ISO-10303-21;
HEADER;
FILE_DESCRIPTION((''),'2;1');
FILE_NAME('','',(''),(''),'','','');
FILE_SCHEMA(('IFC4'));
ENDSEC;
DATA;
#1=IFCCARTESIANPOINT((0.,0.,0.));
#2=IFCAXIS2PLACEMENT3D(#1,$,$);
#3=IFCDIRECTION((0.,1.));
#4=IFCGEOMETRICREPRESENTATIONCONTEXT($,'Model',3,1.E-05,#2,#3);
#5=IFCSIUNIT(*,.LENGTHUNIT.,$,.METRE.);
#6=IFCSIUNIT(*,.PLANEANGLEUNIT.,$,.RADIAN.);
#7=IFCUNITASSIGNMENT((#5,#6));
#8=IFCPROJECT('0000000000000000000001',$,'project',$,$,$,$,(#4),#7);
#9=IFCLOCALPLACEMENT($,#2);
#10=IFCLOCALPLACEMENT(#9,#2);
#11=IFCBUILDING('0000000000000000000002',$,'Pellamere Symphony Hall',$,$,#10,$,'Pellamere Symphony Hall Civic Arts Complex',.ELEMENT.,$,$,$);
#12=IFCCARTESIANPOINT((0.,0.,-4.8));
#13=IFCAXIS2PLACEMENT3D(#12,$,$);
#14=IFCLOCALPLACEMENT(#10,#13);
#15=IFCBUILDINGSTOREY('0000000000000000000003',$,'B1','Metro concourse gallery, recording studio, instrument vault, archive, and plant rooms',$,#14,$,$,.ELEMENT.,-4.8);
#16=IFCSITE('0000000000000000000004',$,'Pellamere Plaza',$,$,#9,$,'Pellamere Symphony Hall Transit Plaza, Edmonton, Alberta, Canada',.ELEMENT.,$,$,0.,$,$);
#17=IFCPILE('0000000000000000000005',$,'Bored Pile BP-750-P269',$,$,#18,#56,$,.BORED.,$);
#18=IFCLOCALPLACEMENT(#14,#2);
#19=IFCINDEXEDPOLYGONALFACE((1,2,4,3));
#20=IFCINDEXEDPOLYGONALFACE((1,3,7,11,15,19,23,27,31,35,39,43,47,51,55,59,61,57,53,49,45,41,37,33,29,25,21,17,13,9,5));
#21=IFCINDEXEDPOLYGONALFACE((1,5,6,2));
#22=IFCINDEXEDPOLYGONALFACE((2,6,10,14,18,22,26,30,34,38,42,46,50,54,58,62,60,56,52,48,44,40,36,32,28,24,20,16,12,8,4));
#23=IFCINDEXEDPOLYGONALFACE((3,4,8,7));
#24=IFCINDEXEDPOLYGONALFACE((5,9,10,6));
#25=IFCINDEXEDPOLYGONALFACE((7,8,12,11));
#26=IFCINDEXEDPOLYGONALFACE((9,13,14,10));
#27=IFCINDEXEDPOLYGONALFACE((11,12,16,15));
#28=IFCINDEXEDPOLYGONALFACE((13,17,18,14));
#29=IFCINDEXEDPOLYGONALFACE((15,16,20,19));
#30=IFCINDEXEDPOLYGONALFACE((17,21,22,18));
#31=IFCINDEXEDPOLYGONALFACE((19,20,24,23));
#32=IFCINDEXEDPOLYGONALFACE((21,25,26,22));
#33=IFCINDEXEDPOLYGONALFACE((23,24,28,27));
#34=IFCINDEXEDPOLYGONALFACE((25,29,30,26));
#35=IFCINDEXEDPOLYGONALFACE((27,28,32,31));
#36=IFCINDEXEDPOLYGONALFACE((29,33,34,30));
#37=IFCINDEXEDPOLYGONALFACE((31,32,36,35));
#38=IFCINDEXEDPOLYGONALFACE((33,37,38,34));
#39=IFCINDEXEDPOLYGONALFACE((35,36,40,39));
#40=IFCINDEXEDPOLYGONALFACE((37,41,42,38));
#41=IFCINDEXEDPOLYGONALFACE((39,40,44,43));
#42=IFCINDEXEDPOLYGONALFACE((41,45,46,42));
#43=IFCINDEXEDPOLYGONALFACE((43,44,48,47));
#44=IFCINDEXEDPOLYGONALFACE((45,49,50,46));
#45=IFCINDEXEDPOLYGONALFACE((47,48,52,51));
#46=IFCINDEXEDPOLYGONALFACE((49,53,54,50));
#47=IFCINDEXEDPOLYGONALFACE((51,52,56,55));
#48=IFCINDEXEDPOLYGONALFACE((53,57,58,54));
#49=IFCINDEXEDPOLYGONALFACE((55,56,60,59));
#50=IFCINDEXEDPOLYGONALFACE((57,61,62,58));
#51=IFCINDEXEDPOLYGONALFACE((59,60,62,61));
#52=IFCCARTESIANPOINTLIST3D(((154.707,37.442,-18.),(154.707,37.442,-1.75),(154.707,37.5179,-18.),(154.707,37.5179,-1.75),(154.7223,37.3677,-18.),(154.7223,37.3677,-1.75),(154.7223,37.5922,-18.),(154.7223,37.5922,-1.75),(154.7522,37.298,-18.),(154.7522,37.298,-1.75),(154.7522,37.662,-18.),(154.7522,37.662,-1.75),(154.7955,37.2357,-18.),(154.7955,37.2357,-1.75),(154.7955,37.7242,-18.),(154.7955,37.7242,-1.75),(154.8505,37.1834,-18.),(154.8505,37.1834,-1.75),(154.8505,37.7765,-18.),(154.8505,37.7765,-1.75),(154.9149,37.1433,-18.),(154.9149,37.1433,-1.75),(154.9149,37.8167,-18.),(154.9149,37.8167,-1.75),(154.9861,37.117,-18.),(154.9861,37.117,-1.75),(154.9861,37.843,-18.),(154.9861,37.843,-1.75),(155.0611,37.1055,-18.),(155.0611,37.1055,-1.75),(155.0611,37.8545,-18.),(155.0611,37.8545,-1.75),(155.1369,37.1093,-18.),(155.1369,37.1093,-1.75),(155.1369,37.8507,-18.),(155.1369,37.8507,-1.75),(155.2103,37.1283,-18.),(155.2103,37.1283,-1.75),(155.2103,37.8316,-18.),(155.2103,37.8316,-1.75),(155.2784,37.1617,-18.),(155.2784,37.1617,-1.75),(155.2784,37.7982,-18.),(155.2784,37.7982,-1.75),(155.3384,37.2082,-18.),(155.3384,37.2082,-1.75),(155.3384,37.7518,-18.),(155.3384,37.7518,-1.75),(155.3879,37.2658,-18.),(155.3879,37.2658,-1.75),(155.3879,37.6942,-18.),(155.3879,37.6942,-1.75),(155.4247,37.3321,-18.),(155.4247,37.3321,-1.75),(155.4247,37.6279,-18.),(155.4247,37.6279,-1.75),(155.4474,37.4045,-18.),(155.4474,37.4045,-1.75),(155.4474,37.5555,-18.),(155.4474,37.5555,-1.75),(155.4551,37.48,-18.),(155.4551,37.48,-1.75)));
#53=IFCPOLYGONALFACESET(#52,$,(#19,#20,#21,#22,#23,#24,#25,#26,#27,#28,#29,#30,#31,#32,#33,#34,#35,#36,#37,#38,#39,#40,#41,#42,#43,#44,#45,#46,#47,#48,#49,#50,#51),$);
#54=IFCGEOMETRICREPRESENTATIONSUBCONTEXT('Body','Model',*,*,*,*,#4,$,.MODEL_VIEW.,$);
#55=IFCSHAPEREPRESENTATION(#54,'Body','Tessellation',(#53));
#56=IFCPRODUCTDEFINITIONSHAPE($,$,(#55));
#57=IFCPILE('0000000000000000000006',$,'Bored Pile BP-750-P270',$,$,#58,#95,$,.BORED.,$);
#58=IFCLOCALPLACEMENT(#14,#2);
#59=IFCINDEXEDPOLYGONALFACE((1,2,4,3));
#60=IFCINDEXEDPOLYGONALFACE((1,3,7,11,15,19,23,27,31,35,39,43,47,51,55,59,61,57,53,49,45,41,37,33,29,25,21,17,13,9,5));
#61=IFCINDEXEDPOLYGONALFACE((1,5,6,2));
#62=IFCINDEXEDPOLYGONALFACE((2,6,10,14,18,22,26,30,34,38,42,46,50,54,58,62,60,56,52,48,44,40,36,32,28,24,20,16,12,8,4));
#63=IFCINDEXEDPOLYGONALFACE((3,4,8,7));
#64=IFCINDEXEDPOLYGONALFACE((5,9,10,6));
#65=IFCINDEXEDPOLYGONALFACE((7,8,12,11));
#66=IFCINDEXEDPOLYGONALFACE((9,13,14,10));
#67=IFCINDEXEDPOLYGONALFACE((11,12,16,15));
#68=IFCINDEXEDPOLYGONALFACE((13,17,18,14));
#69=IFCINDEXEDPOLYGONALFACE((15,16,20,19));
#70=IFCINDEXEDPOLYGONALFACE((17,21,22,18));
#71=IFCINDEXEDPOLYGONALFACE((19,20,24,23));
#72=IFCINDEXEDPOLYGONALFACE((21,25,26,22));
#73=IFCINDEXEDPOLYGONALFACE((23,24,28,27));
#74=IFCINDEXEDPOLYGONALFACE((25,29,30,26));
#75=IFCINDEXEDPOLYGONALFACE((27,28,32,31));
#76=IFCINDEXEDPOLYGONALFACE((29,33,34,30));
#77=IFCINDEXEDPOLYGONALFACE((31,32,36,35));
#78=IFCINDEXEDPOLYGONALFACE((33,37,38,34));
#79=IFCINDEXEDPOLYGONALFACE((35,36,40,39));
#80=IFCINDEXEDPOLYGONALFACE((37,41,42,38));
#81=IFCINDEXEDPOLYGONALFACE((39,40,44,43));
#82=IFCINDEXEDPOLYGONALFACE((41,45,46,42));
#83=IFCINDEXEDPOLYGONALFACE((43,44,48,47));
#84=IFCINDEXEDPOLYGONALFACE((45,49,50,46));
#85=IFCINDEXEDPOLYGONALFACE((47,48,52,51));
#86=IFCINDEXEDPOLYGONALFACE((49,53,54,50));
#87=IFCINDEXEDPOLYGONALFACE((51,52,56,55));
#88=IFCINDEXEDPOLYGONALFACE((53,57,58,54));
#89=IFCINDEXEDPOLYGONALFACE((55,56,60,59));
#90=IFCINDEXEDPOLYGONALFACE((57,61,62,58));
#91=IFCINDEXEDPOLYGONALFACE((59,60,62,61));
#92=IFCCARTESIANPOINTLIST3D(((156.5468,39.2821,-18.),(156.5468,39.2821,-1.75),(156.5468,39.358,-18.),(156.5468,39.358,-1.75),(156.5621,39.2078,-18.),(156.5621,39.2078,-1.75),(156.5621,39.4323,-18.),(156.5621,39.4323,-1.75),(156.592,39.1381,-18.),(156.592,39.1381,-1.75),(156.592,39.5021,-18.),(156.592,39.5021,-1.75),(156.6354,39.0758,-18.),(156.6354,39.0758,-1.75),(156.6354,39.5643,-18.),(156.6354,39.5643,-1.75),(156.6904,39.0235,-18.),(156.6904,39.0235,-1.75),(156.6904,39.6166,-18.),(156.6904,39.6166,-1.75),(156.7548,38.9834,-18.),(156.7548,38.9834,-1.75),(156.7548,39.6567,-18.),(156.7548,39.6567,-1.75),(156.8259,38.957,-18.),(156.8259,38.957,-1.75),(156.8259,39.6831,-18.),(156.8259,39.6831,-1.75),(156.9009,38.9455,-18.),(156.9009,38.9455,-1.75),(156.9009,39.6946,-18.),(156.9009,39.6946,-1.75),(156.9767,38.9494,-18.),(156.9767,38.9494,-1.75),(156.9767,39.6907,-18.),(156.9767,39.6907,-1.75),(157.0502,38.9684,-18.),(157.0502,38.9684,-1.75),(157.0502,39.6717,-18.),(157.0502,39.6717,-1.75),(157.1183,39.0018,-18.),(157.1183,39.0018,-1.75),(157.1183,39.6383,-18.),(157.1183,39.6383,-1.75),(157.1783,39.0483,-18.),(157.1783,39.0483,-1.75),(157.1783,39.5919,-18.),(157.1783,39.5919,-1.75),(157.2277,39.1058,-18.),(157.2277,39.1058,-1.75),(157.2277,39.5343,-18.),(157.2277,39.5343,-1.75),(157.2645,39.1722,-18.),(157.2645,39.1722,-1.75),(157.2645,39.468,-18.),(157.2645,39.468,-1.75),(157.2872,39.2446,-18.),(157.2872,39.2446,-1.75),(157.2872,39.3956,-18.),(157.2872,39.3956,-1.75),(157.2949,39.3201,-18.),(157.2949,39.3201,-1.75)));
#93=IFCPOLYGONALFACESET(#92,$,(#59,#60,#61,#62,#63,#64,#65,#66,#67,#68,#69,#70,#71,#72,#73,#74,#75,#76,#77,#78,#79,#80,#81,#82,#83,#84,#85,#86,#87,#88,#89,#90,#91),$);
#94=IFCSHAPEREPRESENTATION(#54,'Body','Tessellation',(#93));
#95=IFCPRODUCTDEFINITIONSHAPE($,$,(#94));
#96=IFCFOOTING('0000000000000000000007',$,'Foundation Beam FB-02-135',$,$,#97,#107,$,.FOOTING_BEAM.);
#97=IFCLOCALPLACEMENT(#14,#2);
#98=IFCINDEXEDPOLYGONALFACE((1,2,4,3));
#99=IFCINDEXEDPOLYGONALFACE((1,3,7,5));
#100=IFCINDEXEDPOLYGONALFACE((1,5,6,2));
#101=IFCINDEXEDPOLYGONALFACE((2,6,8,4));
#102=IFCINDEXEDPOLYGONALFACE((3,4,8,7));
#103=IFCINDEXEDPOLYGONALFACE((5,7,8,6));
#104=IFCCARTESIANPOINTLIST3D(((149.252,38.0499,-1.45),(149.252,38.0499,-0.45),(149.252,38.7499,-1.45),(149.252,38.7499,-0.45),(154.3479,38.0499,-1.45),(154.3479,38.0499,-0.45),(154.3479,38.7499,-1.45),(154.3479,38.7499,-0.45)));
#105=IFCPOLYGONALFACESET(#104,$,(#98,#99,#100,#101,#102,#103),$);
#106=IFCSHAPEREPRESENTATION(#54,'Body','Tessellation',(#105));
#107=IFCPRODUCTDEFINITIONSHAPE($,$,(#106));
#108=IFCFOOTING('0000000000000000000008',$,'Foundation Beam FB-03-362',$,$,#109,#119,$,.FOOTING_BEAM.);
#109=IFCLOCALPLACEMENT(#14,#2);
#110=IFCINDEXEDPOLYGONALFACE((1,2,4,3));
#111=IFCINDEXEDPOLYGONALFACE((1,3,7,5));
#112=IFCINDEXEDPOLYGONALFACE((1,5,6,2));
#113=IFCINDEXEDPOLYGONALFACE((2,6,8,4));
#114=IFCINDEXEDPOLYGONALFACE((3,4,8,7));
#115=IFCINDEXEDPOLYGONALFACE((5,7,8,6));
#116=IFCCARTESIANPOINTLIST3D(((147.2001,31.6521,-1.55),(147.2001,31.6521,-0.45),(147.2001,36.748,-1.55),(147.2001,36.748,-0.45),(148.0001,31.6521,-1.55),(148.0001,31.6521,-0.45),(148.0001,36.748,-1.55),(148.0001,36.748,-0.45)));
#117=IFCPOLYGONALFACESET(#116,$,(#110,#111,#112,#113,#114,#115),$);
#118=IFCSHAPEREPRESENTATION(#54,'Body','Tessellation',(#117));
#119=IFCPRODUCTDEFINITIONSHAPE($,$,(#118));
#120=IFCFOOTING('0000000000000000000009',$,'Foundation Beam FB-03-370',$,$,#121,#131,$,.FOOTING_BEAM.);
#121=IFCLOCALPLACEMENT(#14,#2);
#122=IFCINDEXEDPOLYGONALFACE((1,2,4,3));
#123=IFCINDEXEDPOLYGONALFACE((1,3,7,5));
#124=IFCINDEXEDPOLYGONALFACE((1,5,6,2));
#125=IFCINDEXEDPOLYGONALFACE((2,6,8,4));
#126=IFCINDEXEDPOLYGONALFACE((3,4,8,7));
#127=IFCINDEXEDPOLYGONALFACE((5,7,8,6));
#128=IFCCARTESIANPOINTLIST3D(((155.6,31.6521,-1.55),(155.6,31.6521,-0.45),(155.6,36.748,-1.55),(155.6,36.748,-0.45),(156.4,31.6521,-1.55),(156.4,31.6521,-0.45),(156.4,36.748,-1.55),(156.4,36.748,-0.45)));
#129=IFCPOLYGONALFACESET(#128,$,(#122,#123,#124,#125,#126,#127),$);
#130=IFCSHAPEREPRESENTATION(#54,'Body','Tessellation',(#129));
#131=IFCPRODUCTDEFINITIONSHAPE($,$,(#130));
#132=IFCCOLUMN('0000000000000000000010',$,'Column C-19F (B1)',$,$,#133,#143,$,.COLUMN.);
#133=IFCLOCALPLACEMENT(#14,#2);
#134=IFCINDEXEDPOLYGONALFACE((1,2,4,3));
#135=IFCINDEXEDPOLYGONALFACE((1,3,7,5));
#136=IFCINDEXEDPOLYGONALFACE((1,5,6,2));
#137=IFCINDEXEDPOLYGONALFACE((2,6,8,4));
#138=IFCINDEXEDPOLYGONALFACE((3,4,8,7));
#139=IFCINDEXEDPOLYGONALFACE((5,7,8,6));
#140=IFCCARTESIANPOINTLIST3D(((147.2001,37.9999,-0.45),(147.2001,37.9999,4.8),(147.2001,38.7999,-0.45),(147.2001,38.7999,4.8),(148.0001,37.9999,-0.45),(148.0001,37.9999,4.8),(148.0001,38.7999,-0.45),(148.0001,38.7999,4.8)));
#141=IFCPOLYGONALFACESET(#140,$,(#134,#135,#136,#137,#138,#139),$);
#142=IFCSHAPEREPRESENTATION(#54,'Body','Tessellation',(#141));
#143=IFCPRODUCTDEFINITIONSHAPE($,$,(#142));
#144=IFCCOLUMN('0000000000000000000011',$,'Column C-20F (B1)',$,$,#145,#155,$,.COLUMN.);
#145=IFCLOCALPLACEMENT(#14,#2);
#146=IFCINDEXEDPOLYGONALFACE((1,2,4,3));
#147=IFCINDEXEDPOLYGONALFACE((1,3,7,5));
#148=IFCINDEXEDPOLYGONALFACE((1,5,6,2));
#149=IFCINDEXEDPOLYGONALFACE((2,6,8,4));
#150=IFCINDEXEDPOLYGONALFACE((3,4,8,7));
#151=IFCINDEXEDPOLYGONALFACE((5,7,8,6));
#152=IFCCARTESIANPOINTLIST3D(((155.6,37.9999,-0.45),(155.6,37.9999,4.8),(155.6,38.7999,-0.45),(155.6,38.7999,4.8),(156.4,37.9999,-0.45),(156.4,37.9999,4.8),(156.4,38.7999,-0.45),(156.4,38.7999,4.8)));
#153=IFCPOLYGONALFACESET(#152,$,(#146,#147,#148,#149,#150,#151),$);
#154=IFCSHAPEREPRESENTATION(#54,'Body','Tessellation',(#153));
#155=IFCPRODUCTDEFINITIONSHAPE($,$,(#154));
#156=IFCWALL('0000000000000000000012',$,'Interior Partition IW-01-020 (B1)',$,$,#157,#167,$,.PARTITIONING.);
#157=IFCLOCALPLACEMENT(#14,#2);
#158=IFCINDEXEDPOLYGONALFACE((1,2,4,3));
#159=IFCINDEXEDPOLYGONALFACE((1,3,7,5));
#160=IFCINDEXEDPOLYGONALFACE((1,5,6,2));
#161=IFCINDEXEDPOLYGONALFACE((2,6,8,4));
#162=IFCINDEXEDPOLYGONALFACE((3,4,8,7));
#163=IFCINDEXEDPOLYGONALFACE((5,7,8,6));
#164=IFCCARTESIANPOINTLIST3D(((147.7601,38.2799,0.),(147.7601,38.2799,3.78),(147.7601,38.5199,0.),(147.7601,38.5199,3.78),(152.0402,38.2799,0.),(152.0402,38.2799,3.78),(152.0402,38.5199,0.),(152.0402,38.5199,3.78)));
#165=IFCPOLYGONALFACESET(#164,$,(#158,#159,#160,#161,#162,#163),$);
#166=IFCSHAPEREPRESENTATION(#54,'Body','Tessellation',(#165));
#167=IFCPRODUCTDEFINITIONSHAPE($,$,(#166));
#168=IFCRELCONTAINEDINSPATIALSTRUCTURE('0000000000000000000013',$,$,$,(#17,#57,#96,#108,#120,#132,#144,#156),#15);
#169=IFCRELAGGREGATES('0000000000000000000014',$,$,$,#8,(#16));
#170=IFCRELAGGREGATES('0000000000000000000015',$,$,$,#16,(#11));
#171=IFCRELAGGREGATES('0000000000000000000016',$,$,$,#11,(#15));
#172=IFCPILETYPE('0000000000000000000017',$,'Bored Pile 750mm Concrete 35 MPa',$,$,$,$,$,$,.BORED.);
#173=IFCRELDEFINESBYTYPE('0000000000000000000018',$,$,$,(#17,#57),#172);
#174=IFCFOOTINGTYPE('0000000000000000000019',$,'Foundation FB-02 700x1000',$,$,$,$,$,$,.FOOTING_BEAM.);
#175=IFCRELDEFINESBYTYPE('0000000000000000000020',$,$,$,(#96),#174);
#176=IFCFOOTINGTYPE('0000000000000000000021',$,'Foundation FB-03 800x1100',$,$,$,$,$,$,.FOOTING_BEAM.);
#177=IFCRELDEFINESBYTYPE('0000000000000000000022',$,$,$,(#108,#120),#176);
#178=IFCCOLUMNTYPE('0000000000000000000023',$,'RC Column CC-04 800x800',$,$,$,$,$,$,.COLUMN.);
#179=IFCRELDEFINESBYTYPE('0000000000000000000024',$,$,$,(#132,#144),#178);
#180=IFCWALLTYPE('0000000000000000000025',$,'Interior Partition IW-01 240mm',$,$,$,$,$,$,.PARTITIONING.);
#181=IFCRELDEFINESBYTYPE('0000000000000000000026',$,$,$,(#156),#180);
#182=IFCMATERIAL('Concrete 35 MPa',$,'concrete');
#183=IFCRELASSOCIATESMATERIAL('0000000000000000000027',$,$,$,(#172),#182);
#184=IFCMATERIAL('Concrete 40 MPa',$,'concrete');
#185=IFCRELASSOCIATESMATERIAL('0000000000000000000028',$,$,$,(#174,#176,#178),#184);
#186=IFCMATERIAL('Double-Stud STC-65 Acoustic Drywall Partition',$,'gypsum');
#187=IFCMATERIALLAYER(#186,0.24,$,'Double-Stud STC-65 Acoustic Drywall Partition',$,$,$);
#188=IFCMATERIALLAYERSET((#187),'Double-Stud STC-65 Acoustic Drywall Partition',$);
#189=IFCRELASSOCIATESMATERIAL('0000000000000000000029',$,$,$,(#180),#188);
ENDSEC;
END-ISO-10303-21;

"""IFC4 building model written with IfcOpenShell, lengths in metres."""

from ifc_helpers import new_model, si_unit, direction, frame, frame_2d, origin, origin_2d, place, context, subcontext, project, spatial, rectangle, circle, extrude, material, layer, layer_set, material_profile, profile_set, type_object, element, save


model = new_model("IFC4")

# Units and contexts
model_context = context("Model", 3, precision=1e-05, world=origin(), true_north=direction((0.0, 1.0)))
body_context = subcontext(model_context, "Body", "Model", "MODEL_VIEW")
ifc_project = project(units=[si_unit("LENGTHUNIT", "METRE"), si_unit("PLANEANGLEUNIT", "RADIAN")], contexts=[model_context])

# Site, building, storey
site_placement = place(None, origin())
site = spatial("IfcSite", under=ifc_project, at=site_placement, Name="Pellamere Plaza", LongName="Pellamere Symphony Hall Transit Plaza, Edmonton, Alberta, Canada", CompositionType="ELEMENT", RefElevation=0.0)
building_placement = place(site_placement, origin())
building = spatial("IfcBuilding", under=site, at=building_placement, Name="Pellamere Symphony Hall", LongName="Pellamere Symphony Hall Civic Arts Complex", CompositionType="ELEMENT")
storey_placement = place(building_placement, frame((0.0, 0.0, -4.8)))
storey = spatial("IfcBuildingStorey", under=building, at=storey_placement, Name="B1", Description="Metro concourse gallery, recording studio, instrument vault, archive, and plant rooms", CompositionType="ELEMENT", Elevation=-4.8)

# Piles
ifc_material_1 = material(Name="Concrete 40 MPa", Category="concrete")
ifc_material_2 = material(Name="Concrete 35 MPa", Category="concrete")
ifc_material_profile_1 = material_profile(ifc_material_2, circle(Radius=0.375, at=origin_2d()), Name="PILE D750")
ifc_profile_set_1 = profile_set([ifc_material_profile_1], Name="Concrete 35 MPa")
pile_type_1 = type_object("IfcPileType", Name="Bored Pile 750mm Concrete 35 MPa", PredefinedType="BORED", material=ifc_profile_set_1)
for number, where, z_axis, x_axis, name in (
    (1, (155.0801, 37.48, -1.75), (0.0, 0.0, -1.0), (1.0, 0.0, 0.0), "Bored Pile BP-750-P269"),
    (2, (156.9199, 39.3201, -1.75), (0.0, 0.0, -1.0), (1.0, 0.0, 0.0), "Bored Pile BP-750-P270"),
):
    element("IfcPile", number, at=place(storey_placement, frame(where, z_axis=z_axis, x_axis=x_axis)), inside=storey, type_object=pile_type_1, Name=name, PredefinedType="BORED", context=body_context, shape_type="SweptSolid", body=[
        extrude(circle(Radius=0.375, at=origin_2d()), origin(), (0.0, 0.0, 1.0), 16.25),
    ])

# Footings
ifc_material_profile_2 = material_profile(ifc_material_1, rectangle(XDim=0.7, YDim=1.0, at=origin_2d()), Name="RC 700x1000")
ifc_profile_set_2 = profile_set([ifc_material_profile_2], Name="Concrete 40 MPa")
footing_type_1 = type_object("IfcFootingType", Name="Foundation FB-02 700x1000", PredefinedType="FOOTING_BEAM", material=ifc_profile_set_2)
footing_placement = place(storey_placement, frame((149.252, 38.3999, -0.95), z_axis=(1.0, 0.0, 0.0), x_axis=(0.0, 1.0, 0.0)))
element("IfcFooting", 3, at=footing_placement, inside=storey, type_object=footing_type_1, Name="Foundation Beam FB-02-135", PredefinedType="FOOTING_BEAM", context=body_context, shape_type="SweptSolid", body=[
    extrude(rectangle(XDim=0.7, YDim=1.0, at=origin_2d()), origin(), (0.0, 0.0, 1.0), 5.0959),
])
ifc_material_profile_3 = material_profile(ifc_material_1, rectangle(XDim=0.8, YDim=1.1001, at=origin_2d()), Name="RC 800x1100")
ifc_profile_set_3 = profile_set([ifc_material_profile_3], Name="Concrete 40 MPa")
footing_type_2 = type_object("IfcFootingType", Name="Foundation FB-03 800x1100", PredefinedType="FOOTING_BEAM", material=ifc_profile_set_3)
for number, where, z_axis, x_axis, name in (
    (4, (147.6001, 31.6521, -1.0), (0.0, 1.0, 0.0), (-1.0, 0.0, 0.0), "Foundation Beam FB-03-362"),
    (5, (156.0, 31.6521, -1.0), (0.0, 1.0, 0.0), (-1.0, 0.0, 0.0), "Foundation Beam FB-03-370"),
):
    element("IfcFooting", number, at=place(storey_placement, frame(where, z_axis=z_axis, x_axis=x_axis)), inside=storey, type_object=footing_type_2, Name=name, PredefinedType="FOOTING_BEAM", context=body_context, shape_type="SweptSolid", body=[
        extrude(rectangle(XDim=0.8, YDim=1.1001, at=origin_2d()), origin(), (0.0, 0.0, 1.0), 5.0959),
    ])

# Columns
ifc_material_profile_4 = material_profile(ifc_material_1, rectangle(XDim=0.8, YDim=0.8, at=origin_2d()), Name="RC 800x800")
ifc_profile_set_4 = profile_set([ifc_material_profile_4], Name="Concrete 40 MPa")
column_type = type_object("IfcColumnType", Name="RC Column CC-04 800x800", PredefinedType="COLUMN", material=ifc_profile_set_4)
for number, where, z_axis, x_axis, name in (
    (6, (147.6001, 38.3999, -0.45), (0.0, 0.0, 1.0), (1.0, 0.0, 0.0), "Column C-19F (B1)"),
    (7, (156.0, 38.3999, -0.45), (0.0, 0.0, 1.0), (1.0, 0.0, 0.0), "Column C-20F (B1)"),
):
    element("IfcColumn", number, at=place(storey_placement, frame(where, z_axis=z_axis, x_axis=x_axis)), inside=storey, type_object=column_type, Name=name, PredefinedType="COLUMN", context=body_context, shape_type="SweptSolid", body=[
        extrude(rectangle(XDim=0.8, YDim=0.8, at=origin_2d()), origin(), (0.0, 0.0, 1.0), 5.25),
    ])

# Wall
ifc_material_3 = material(Name="Double-Stud STC-65 Acoustic Drywall Partition", Category="gypsum")
ifc_layer_1 = layer(ifc_material_3, 0.24, Name="Double-Stud STC-65 Acoustic Drywall Partition")
ifc_layer_set_1 = layer_set([ifc_layer_1], Name="Double-Stud STC-65 Acoustic Drywall Partition")
wall_type_1 = type_object("IfcWallType", Name="Interior Partition IW-01 240mm", PredefinedType="PARTITIONING", material=ifc_layer_set_1)
wall_1_placement = place(storey_placement, frame((147.76, 38.3999, 0.0), z_axis=(0.0, 0.0, 1.0), x_axis=(1.0, 0.0, 0.0)))
element("IfcWall", 8, at=wall_1_placement, inside=storey, type_object=wall_type_1, Name="Interior Partition IW-01-020 (B1)", PredefinedType="PARTITIONING", context=body_context, shape_type="SweptSolid", body=[
    extrude(rectangle(XDim=4.28, YDim=0.24, at=frame_2d((2.1401, 0.0))), origin(), (0.0, 0.0, 1.0), 3.78),
])

save(model, "model.ifc")
